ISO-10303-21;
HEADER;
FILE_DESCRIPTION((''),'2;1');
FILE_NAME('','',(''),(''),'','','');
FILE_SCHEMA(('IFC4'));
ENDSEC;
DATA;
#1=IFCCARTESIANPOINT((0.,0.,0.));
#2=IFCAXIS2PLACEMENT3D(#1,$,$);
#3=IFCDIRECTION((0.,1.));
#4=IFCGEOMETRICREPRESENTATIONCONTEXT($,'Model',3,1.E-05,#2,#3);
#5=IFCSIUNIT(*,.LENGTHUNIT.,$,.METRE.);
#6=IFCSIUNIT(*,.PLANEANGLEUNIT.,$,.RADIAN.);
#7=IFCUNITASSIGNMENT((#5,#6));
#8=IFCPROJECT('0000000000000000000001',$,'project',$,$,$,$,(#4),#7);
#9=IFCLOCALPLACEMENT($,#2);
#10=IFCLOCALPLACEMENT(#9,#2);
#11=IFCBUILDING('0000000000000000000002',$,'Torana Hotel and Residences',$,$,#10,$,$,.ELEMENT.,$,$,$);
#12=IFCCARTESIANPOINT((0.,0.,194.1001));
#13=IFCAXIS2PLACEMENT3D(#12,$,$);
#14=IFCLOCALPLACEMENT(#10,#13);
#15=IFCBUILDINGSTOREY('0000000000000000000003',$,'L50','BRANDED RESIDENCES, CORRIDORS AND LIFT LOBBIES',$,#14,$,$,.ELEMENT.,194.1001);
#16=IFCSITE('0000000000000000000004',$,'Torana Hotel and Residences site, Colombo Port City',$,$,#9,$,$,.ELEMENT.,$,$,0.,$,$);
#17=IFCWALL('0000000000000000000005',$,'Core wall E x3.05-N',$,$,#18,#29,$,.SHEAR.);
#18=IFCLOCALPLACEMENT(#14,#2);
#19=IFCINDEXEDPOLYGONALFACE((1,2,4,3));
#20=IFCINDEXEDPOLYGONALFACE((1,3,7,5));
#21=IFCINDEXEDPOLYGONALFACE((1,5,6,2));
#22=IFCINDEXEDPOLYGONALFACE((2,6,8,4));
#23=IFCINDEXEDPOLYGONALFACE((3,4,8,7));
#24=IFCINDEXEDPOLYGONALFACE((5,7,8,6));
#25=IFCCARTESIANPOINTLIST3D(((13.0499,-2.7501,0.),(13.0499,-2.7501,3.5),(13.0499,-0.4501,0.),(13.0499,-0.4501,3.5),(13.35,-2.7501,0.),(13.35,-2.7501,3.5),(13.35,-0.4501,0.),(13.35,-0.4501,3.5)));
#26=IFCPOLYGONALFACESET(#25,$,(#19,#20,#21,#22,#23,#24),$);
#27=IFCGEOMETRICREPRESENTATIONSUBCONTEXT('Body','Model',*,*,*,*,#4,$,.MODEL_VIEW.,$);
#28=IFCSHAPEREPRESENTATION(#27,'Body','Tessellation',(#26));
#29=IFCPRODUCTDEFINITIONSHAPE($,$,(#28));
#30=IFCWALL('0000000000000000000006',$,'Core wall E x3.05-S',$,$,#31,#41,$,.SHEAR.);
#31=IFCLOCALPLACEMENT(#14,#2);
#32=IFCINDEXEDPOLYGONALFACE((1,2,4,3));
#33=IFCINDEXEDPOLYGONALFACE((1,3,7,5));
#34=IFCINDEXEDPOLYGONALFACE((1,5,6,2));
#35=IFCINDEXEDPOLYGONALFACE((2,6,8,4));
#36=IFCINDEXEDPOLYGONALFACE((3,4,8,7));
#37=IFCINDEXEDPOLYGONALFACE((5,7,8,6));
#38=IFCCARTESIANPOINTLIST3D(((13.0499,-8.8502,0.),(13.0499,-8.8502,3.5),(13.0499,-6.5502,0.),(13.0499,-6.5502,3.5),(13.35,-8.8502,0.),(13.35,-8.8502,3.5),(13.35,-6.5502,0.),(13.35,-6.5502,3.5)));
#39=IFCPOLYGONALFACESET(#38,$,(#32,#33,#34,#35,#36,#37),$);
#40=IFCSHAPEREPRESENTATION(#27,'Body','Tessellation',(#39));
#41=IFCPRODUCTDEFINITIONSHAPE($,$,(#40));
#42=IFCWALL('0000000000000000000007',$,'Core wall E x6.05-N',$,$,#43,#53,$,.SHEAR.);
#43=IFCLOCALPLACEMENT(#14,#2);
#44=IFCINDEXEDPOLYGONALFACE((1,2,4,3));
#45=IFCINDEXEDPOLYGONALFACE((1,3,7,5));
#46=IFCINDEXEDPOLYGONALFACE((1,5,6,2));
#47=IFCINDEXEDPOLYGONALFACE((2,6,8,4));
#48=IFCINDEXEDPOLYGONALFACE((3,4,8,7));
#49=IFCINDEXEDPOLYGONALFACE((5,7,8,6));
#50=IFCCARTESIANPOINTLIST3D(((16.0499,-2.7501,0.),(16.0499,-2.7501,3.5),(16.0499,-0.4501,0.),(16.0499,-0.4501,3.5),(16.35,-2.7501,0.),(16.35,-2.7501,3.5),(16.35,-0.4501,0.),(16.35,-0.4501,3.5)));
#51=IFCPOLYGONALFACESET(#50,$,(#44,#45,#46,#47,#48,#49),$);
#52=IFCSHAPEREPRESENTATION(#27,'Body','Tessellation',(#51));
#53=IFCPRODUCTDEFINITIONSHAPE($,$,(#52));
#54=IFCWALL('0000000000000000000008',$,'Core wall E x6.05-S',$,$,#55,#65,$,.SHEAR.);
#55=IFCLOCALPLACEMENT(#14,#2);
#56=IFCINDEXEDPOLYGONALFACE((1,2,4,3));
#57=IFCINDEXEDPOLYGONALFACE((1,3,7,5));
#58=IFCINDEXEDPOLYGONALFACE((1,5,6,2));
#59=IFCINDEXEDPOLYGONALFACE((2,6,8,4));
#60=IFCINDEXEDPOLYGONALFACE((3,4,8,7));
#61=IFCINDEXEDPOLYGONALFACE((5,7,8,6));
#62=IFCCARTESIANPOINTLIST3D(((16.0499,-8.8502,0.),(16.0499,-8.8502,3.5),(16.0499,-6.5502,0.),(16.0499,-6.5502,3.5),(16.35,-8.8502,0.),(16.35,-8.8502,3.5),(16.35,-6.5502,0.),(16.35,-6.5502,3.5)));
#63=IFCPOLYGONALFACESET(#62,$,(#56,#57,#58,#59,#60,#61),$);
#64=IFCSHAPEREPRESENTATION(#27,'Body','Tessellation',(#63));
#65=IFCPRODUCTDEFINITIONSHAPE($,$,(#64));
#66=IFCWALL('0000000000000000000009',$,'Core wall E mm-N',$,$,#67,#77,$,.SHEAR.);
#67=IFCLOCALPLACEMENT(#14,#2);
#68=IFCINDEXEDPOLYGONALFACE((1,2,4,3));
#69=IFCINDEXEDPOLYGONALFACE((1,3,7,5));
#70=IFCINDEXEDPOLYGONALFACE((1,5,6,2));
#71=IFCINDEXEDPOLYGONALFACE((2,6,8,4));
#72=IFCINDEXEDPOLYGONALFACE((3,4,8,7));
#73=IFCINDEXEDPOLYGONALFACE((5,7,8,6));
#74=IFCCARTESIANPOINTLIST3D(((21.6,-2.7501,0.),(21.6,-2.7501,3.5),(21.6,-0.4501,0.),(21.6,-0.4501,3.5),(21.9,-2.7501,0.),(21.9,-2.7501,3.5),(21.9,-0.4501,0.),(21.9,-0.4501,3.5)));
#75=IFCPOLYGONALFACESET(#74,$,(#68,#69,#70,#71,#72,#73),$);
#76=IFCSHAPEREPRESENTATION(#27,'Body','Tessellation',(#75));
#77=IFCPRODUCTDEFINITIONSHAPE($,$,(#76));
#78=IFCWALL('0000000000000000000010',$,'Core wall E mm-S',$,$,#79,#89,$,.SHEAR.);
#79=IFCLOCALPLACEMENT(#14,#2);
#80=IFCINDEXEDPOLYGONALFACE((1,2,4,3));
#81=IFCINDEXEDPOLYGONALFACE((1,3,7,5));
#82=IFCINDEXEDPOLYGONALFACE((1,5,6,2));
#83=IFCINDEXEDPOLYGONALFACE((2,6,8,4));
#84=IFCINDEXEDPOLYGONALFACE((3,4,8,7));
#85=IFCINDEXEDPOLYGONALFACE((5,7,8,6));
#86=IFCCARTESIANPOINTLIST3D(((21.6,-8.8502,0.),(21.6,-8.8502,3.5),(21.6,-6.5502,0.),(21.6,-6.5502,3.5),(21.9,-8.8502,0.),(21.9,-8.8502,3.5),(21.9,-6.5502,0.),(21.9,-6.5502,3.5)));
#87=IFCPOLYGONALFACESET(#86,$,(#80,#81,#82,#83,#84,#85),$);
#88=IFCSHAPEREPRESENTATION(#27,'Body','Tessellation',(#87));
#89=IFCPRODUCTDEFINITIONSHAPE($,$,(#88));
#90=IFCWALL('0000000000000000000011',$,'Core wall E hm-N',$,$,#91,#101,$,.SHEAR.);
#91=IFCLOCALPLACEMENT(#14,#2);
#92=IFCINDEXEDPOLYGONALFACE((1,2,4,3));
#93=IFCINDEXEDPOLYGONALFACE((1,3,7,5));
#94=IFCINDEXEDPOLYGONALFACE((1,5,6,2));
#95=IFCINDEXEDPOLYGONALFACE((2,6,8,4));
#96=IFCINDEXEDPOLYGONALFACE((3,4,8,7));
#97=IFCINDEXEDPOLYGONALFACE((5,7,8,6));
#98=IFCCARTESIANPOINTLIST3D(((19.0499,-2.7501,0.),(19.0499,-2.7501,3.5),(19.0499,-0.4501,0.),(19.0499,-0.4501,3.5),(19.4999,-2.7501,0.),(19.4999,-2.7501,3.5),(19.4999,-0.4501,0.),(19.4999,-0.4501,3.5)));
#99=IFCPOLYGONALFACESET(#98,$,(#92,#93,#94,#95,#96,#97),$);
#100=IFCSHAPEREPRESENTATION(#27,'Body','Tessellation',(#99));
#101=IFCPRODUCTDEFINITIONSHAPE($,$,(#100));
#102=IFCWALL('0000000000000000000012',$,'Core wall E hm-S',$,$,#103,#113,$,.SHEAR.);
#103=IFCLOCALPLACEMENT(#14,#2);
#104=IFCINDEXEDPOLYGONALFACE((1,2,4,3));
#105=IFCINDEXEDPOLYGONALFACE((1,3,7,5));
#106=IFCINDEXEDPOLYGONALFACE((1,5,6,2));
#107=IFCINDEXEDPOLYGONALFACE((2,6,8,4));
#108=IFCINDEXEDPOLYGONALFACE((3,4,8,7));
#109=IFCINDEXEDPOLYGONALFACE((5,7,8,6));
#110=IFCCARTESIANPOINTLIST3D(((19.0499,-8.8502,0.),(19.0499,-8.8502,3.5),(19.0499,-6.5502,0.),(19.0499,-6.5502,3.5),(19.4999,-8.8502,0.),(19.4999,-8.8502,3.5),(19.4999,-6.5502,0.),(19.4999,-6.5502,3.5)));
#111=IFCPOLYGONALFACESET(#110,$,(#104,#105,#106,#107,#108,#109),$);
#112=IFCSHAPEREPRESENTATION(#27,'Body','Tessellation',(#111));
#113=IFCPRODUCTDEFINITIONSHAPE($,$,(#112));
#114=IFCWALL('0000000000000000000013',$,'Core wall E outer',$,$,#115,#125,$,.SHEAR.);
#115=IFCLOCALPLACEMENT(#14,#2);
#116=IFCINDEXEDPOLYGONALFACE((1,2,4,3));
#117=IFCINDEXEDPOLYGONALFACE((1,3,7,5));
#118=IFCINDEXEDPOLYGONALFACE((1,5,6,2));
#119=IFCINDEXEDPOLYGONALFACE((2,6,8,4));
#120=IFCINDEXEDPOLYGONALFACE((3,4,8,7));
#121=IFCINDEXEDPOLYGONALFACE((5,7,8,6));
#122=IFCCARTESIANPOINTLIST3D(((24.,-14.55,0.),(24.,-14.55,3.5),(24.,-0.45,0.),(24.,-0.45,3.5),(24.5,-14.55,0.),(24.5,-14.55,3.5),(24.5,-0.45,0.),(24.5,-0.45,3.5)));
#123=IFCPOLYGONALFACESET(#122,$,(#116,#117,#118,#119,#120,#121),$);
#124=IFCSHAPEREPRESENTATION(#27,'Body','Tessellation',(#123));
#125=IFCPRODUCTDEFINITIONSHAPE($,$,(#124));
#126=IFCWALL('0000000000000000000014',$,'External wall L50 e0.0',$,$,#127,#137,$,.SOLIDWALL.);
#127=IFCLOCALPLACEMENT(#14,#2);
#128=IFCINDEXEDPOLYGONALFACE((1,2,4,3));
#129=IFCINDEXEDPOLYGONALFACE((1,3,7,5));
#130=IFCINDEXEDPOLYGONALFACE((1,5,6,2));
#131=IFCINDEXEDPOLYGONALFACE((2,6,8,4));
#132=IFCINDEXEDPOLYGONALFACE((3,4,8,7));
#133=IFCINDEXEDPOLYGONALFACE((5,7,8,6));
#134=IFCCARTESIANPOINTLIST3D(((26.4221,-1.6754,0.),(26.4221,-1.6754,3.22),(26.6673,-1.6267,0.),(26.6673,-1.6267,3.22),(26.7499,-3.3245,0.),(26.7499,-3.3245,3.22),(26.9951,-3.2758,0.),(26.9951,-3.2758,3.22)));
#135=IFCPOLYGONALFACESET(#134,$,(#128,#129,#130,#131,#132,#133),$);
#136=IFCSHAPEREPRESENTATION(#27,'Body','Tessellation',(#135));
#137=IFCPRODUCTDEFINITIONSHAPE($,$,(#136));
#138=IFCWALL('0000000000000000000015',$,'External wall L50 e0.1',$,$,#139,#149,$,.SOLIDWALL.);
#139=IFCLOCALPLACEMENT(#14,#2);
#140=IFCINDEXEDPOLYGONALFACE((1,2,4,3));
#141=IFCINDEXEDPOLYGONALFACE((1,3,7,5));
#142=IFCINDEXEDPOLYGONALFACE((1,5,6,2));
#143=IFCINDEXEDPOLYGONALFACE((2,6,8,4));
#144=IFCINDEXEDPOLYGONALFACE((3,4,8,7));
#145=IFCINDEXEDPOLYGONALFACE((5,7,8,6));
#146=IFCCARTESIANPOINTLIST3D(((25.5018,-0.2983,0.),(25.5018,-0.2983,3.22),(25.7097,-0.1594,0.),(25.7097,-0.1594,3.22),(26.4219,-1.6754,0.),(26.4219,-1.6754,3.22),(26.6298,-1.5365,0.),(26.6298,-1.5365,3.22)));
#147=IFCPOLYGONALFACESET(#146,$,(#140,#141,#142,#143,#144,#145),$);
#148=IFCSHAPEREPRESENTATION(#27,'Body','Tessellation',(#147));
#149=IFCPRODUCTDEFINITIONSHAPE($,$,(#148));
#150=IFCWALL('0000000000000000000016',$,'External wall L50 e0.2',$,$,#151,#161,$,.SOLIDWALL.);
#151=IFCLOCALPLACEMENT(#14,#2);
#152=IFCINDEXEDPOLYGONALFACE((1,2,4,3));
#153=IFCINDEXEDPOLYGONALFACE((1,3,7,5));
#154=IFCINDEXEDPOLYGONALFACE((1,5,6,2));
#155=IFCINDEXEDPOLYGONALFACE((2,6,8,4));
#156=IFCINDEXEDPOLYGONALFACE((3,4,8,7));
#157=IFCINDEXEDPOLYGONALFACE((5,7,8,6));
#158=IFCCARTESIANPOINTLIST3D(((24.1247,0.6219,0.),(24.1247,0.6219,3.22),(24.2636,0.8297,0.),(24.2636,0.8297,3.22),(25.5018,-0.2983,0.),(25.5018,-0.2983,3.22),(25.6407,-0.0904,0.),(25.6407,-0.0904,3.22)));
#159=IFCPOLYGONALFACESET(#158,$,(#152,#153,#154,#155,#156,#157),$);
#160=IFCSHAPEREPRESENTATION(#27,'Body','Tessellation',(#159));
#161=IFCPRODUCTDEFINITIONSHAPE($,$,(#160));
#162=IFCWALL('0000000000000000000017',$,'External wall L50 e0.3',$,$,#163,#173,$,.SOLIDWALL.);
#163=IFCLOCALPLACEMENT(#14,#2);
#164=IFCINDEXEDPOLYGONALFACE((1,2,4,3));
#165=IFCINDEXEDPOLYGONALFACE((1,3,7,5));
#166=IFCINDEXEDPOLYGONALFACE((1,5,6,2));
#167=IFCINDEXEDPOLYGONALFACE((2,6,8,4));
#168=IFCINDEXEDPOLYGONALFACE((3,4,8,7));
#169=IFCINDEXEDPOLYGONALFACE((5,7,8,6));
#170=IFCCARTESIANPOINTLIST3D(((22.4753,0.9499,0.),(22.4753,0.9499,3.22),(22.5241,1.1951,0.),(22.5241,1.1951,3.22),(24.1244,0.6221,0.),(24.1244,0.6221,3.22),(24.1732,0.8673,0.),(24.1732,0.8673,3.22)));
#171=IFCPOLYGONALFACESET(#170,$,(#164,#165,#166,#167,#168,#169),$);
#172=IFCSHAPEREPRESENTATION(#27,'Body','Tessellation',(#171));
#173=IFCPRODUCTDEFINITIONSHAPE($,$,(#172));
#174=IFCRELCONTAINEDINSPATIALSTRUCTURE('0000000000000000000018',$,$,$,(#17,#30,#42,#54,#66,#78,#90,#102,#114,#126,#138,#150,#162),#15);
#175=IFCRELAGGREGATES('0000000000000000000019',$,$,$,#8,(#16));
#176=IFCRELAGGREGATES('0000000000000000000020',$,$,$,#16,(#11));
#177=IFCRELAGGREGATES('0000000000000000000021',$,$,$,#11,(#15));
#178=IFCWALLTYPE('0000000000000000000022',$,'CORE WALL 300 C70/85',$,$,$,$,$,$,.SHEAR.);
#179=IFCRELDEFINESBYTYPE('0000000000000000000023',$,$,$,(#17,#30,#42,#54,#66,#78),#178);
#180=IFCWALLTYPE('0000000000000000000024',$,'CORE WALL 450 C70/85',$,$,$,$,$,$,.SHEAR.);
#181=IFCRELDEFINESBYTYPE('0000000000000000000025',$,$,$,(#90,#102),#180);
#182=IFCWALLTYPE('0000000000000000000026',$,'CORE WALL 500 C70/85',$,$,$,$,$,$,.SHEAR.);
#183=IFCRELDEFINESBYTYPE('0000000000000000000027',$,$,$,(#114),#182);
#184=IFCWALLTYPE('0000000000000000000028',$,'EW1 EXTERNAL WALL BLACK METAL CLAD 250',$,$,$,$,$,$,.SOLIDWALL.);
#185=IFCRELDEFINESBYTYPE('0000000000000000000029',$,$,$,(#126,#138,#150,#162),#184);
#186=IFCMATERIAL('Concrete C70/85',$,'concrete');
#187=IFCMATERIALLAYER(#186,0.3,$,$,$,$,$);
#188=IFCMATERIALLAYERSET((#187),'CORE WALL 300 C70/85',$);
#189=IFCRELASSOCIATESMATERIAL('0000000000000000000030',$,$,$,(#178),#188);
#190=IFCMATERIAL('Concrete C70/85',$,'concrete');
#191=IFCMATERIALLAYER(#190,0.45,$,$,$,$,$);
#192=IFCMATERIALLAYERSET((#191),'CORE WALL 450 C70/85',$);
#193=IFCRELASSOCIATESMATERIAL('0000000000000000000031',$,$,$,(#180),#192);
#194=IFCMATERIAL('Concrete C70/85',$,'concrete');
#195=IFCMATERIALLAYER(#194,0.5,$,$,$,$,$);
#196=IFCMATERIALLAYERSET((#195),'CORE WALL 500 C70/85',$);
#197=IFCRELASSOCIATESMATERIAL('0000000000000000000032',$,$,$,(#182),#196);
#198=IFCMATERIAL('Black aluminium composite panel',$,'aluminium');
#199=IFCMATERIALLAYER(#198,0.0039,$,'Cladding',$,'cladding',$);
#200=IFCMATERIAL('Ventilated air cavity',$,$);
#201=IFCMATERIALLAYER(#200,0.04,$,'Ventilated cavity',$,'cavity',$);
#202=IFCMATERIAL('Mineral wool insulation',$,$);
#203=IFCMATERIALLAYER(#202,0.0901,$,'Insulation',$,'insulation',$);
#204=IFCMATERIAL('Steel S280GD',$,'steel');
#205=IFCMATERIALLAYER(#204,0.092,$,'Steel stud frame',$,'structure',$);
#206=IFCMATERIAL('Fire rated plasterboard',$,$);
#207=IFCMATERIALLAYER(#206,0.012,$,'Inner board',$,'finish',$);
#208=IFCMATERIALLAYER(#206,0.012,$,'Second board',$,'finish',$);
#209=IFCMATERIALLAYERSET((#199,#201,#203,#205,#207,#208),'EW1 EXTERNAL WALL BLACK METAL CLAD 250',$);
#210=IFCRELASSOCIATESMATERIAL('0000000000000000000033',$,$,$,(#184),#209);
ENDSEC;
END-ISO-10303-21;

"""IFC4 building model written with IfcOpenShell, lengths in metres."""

from ifc_helpers import new_model, si_unit, direction, frame, frame_2d, origin, place, context, subcontext, project, spatial, rectangle, extrude, material, layer, layer_set, type_object, element, save


model = new_model("IFC4")

# Units and contexts
model_context = context("Model", 3, precision=1e-05, world=origin(), true_north=direction((0.0, 1.0)))
body_context = subcontext(model_context, "Body", "Model", "MODEL_VIEW")
ifc_project = project(units=[si_unit("LENGTHUNIT", "METRE"), si_unit("PLANEANGLEUNIT", "RADIAN")], contexts=[model_context])

# Site, building, storey
site_placement = place(None, origin())
site = spatial("IfcSite", under=ifc_project, at=site_placement, Name="Torana Hotel and Residences site, Colombo Port City", CompositionType="ELEMENT", RefElevation=0.0)
building_placement = place(site_placement, origin())
building = spatial("IfcBuilding", under=site, at=building_placement, Name="Torana Hotel and Residences", CompositionType="ELEMENT")
storey_placement = place(building_placement, frame((0.0, 0.0, 194.1001)))
storey = spatial("IfcBuildingStorey", under=building, at=storey_placement, Name="L50", Description="BRANDED RESIDENCES, CORRIDORS AND LIFT LOBBIES", CompositionType="ELEMENT", Elevation=194.1001)

# Walls
ifc_material_1 = material(Name="Concrete C70/85", Category="concrete")
ifc_layer_1 = layer(ifc_material_1, 0.3)
ifc_layer_set_1 = layer_set([ifc_layer_1], Name="CORE WALL 300 C70/85")
wall_type_1 = type_object("IfcWallType", Name="CORE WALL 300 C70/85", PredefinedType="SHEAR", material=ifc_layer_set_1)
for number, where, z_axis, x_axis, name in (
    (1, (13.2, -2.75, 0.0), (0.0, 0.0, 1.0), (0.0, 1.0, 0.0), "Core wall E x3.05-N"),
    (2, (13.2, -8.8501, 0.0), (0.0, 0.0, 1.0), (0.0, 1.0, 0.0), "Core wall E x3.05-S"),
    (3, (16.2, -2.75, 0.0), (0.0, 0.0, 1.0), (0.0, 1.0, 0.0), "Core wall E x6.05-N"),
    (4, (16.2, -8.8501, 0.0), (0.0, 0.0, 1.0), (0.0, 1.0, 0.0), "Core wall E x6.05-S"),
    (5, (21.75, -2.75, 0.0), (0.0, 0.0, 1.0), (0.0, 1.0, 0.0), "Core wall E mm-N"),
    (6, (21.75, -8.8501, 0.0), (0.0, 0.0, 1.0), (0.0, 1.0, 0.0), "Core wall E mm-S"),
):
    element("IfcWall", number, at=place(storey_placement, frame(where, z_axis=z_axis, x_axis=x_axis)), inside=storey, type_object=wall_type_1, Name=name, PredefinedType="SHEAR", context=body_context, shape_type="SweptSolid", body=[
        extrude(rectangle(XDim=2.3, YDim=0.3, at=frame_2d((1.1499, 0.0))), origin(), (0.0, 0.0, 1.0), 3.5),
    ])
ifc_material_2 = material(Name="Concrete C70/85", Category="concrete")
ifc_layer_2 = layer(ifc_material_2, 0.45)
ifc_layer_set_2 = layer_set([ifc_layer_2], Name="CORE WALL 450 C70/85")
wall_type_2 = type_object("IfcWallType", Name="CORE WALL 450 C70/85", PredefinedType="SHEAR", material=ifc_layer_set_2)
for number, where, z_axis, x_axis, name in (
    (7, (19.2749, -2.75, 0.0), (0.0, 0.0, 1.0), (0.0, 1.0, 0.0), "Core wall E hm-N"),
    (8, (19.2749, -8.8501, 0.0), (0.0, 0.0, 1.0), (0.0, 1.0, 0.0), "Core wall E hm-S"),
):
    element("IfcWall", number, at=place(storey_placement, frame(where, z_axis=z_axis, x_axis=x_axis)), inside=storey, type_object=wall_type_2, Name=name, PredefinedType="SHEAR", context=body_context, shape_type="SweptSolid", body=[
        extrude(rectangle(XDim=2.3, YDim=0.45, at=frame_2d((1.1499, 0.0))), origin(), (0.0, 0.0, 1.0), 3.5),
    ])
ifc_material_3 = material(Name="Concrete C70/85", Category="concrete")
ifc_layer_3 = layer(ifc_material_3, 0.5)
ifc_layer_set_3 = layer_set([ifc_layer_3], Name="CORE WALL 500 C70/85")
wall_type_3 = type_object("IfcWallType", Name="CORE WALL 500 C70/85", PredefinedType="SHEAR", material=ifc_layer_set_3)
wall_1_placement = place(storey_placement, frame((24.25, -14.55, 0.0), z_axis=(0.0, 0.0, 1.0), x_axis=(0.0, 1.0, 0.0)))
element("IfcWall", 9, at=wall_1_placement, inside=storey, type_object=wall_type_3, Name="Core wall E outer", PredefinedType="SHEAR", context=body_context, shape_type="SweptSolid", body=[
    extrude(rectangle(XDim=14.1001, YDim=0.5, at=frame_2d((7.05, 0.0))), origin(), (0.0, 0.0, 1.0), 3.5),
])
ifc_material_4 = material(Name="Black aluminium composite panel", Category="aluminium")
ifc_layer_4 = layer(ifc_material_4, 0.0039, Name="Cladding", Category="cladding")
ifc_material_5 = material(Name="Ventilated air cavity")
ifc_layer_5 = layer(ifc_material_5, 0.04, Name="Ventilated cavity", Category="cavity")
ifc_material_6 = material(Name="Mineral wool insulation")
ifc_layer_6 = layer(ifc_material_6, 0.0901, Name="Insulation", Category="insulation")
ifc_material_7 = material(Name="Steel S280GD", Category="steel")
ifc_layer_7 = layer(ifc_material_7, 0.092, Name="Steel stud frame", Category="structure")
ifc_material_8 = material(Name="Fire rated plasterboard")
ifc_layer_8 = layer(ifc_material_8, 0.012, Name="Inner board", Category="finish")
ifc_layer_9 = layer(ifc_material_8, 0.012, Name="Second board", Category="finish")
ifc_layer_set_4 = layer_set([ifc_layer_4, ifc_layer_5, ifc_layer_6, ifc_layer_7, ifc_layer_8, ifc_layer_9], Name="EW1 EXTERNAL WALL BLACK METAL CLAD 250")
wall_type_4 = type_object("IfcWallType", Name="EW1 EXTERNAL WALL BLACK METAL CLAD 250", PredefinedType="SOLIDWALL", material=ifc_layer_set_4)
wall_2_placement = place(storey_placement, frame((26.8726, -3.3003, 0.0), z_axis=(0.0, 0.0, 1.0), x_axis=(-0.194999, 0.980803, 0.0)))
element("IfcWall", 10, at=wall_2_placement, inside=storey, type_object=wall_type_4, Name="External wall L50 e0.0", PredefinedType="SOLIDWALL", context=body_context, shape_type="SweptSolid", body=[
    extrude(rectangle(XDim=1.6814, YDim=0.25, at=frame_2d((0.8408, 0.0))), origin(), (0.0, 0.0, 1.0), 3.22),
])
for number, where, z_axis, x_axis, name in (
    (11, (26.5259, -1.606, 0.0), (0.0, 0.0, 1.0), (-0.55555, 0.831483, 0.0), "External wall L50 e0.1"),
    (12, (25.5713, -0.1943, 0.0), (0.0, 0.0, 1.0), (-0.831483, 0.55555, 0.0), "External wall L50 e0.2"),
):
    element("IfcWall", number, at=place(storey_placement, frame(where, z_axis=z_axis, x_axis=x_axis)), inside=storey, type_object=wall_type_4, Name=name, PredefinedType="SOLIDWALL", context=body_context, shape_type="SweptSolid", body=[
        extrude(rectangle(XDim=1.6562, YDim=0.25, at=frame_2d((0.8281, 0.0))), origin(), (0.0, 0.0, 1.0), 3.22),
    ])
wall_3_placement = place(storey_placement, frame((24.1489, 0.7446, 0.0), z_axis=(0.0, 0.0, 1.0), x_axis=(-0.980803, 0.194999, 0.0)))
element("IfcWall", 13, at=wall_3_placement, inside=storey, type_object=wall_type_4, Name="External wall L50 e0.3", PredefinedType="SOLIDWALL", context=body_context, shape_type="SweptSolid", body=[
    extrude(rectangle(XDim=1.6814, YDim=0.25, at=frame_2d((0.8408, 0.0))), origin(), (0.0, 0.0, 1.0), 3.22),
])

save(model, "model.ifc")
